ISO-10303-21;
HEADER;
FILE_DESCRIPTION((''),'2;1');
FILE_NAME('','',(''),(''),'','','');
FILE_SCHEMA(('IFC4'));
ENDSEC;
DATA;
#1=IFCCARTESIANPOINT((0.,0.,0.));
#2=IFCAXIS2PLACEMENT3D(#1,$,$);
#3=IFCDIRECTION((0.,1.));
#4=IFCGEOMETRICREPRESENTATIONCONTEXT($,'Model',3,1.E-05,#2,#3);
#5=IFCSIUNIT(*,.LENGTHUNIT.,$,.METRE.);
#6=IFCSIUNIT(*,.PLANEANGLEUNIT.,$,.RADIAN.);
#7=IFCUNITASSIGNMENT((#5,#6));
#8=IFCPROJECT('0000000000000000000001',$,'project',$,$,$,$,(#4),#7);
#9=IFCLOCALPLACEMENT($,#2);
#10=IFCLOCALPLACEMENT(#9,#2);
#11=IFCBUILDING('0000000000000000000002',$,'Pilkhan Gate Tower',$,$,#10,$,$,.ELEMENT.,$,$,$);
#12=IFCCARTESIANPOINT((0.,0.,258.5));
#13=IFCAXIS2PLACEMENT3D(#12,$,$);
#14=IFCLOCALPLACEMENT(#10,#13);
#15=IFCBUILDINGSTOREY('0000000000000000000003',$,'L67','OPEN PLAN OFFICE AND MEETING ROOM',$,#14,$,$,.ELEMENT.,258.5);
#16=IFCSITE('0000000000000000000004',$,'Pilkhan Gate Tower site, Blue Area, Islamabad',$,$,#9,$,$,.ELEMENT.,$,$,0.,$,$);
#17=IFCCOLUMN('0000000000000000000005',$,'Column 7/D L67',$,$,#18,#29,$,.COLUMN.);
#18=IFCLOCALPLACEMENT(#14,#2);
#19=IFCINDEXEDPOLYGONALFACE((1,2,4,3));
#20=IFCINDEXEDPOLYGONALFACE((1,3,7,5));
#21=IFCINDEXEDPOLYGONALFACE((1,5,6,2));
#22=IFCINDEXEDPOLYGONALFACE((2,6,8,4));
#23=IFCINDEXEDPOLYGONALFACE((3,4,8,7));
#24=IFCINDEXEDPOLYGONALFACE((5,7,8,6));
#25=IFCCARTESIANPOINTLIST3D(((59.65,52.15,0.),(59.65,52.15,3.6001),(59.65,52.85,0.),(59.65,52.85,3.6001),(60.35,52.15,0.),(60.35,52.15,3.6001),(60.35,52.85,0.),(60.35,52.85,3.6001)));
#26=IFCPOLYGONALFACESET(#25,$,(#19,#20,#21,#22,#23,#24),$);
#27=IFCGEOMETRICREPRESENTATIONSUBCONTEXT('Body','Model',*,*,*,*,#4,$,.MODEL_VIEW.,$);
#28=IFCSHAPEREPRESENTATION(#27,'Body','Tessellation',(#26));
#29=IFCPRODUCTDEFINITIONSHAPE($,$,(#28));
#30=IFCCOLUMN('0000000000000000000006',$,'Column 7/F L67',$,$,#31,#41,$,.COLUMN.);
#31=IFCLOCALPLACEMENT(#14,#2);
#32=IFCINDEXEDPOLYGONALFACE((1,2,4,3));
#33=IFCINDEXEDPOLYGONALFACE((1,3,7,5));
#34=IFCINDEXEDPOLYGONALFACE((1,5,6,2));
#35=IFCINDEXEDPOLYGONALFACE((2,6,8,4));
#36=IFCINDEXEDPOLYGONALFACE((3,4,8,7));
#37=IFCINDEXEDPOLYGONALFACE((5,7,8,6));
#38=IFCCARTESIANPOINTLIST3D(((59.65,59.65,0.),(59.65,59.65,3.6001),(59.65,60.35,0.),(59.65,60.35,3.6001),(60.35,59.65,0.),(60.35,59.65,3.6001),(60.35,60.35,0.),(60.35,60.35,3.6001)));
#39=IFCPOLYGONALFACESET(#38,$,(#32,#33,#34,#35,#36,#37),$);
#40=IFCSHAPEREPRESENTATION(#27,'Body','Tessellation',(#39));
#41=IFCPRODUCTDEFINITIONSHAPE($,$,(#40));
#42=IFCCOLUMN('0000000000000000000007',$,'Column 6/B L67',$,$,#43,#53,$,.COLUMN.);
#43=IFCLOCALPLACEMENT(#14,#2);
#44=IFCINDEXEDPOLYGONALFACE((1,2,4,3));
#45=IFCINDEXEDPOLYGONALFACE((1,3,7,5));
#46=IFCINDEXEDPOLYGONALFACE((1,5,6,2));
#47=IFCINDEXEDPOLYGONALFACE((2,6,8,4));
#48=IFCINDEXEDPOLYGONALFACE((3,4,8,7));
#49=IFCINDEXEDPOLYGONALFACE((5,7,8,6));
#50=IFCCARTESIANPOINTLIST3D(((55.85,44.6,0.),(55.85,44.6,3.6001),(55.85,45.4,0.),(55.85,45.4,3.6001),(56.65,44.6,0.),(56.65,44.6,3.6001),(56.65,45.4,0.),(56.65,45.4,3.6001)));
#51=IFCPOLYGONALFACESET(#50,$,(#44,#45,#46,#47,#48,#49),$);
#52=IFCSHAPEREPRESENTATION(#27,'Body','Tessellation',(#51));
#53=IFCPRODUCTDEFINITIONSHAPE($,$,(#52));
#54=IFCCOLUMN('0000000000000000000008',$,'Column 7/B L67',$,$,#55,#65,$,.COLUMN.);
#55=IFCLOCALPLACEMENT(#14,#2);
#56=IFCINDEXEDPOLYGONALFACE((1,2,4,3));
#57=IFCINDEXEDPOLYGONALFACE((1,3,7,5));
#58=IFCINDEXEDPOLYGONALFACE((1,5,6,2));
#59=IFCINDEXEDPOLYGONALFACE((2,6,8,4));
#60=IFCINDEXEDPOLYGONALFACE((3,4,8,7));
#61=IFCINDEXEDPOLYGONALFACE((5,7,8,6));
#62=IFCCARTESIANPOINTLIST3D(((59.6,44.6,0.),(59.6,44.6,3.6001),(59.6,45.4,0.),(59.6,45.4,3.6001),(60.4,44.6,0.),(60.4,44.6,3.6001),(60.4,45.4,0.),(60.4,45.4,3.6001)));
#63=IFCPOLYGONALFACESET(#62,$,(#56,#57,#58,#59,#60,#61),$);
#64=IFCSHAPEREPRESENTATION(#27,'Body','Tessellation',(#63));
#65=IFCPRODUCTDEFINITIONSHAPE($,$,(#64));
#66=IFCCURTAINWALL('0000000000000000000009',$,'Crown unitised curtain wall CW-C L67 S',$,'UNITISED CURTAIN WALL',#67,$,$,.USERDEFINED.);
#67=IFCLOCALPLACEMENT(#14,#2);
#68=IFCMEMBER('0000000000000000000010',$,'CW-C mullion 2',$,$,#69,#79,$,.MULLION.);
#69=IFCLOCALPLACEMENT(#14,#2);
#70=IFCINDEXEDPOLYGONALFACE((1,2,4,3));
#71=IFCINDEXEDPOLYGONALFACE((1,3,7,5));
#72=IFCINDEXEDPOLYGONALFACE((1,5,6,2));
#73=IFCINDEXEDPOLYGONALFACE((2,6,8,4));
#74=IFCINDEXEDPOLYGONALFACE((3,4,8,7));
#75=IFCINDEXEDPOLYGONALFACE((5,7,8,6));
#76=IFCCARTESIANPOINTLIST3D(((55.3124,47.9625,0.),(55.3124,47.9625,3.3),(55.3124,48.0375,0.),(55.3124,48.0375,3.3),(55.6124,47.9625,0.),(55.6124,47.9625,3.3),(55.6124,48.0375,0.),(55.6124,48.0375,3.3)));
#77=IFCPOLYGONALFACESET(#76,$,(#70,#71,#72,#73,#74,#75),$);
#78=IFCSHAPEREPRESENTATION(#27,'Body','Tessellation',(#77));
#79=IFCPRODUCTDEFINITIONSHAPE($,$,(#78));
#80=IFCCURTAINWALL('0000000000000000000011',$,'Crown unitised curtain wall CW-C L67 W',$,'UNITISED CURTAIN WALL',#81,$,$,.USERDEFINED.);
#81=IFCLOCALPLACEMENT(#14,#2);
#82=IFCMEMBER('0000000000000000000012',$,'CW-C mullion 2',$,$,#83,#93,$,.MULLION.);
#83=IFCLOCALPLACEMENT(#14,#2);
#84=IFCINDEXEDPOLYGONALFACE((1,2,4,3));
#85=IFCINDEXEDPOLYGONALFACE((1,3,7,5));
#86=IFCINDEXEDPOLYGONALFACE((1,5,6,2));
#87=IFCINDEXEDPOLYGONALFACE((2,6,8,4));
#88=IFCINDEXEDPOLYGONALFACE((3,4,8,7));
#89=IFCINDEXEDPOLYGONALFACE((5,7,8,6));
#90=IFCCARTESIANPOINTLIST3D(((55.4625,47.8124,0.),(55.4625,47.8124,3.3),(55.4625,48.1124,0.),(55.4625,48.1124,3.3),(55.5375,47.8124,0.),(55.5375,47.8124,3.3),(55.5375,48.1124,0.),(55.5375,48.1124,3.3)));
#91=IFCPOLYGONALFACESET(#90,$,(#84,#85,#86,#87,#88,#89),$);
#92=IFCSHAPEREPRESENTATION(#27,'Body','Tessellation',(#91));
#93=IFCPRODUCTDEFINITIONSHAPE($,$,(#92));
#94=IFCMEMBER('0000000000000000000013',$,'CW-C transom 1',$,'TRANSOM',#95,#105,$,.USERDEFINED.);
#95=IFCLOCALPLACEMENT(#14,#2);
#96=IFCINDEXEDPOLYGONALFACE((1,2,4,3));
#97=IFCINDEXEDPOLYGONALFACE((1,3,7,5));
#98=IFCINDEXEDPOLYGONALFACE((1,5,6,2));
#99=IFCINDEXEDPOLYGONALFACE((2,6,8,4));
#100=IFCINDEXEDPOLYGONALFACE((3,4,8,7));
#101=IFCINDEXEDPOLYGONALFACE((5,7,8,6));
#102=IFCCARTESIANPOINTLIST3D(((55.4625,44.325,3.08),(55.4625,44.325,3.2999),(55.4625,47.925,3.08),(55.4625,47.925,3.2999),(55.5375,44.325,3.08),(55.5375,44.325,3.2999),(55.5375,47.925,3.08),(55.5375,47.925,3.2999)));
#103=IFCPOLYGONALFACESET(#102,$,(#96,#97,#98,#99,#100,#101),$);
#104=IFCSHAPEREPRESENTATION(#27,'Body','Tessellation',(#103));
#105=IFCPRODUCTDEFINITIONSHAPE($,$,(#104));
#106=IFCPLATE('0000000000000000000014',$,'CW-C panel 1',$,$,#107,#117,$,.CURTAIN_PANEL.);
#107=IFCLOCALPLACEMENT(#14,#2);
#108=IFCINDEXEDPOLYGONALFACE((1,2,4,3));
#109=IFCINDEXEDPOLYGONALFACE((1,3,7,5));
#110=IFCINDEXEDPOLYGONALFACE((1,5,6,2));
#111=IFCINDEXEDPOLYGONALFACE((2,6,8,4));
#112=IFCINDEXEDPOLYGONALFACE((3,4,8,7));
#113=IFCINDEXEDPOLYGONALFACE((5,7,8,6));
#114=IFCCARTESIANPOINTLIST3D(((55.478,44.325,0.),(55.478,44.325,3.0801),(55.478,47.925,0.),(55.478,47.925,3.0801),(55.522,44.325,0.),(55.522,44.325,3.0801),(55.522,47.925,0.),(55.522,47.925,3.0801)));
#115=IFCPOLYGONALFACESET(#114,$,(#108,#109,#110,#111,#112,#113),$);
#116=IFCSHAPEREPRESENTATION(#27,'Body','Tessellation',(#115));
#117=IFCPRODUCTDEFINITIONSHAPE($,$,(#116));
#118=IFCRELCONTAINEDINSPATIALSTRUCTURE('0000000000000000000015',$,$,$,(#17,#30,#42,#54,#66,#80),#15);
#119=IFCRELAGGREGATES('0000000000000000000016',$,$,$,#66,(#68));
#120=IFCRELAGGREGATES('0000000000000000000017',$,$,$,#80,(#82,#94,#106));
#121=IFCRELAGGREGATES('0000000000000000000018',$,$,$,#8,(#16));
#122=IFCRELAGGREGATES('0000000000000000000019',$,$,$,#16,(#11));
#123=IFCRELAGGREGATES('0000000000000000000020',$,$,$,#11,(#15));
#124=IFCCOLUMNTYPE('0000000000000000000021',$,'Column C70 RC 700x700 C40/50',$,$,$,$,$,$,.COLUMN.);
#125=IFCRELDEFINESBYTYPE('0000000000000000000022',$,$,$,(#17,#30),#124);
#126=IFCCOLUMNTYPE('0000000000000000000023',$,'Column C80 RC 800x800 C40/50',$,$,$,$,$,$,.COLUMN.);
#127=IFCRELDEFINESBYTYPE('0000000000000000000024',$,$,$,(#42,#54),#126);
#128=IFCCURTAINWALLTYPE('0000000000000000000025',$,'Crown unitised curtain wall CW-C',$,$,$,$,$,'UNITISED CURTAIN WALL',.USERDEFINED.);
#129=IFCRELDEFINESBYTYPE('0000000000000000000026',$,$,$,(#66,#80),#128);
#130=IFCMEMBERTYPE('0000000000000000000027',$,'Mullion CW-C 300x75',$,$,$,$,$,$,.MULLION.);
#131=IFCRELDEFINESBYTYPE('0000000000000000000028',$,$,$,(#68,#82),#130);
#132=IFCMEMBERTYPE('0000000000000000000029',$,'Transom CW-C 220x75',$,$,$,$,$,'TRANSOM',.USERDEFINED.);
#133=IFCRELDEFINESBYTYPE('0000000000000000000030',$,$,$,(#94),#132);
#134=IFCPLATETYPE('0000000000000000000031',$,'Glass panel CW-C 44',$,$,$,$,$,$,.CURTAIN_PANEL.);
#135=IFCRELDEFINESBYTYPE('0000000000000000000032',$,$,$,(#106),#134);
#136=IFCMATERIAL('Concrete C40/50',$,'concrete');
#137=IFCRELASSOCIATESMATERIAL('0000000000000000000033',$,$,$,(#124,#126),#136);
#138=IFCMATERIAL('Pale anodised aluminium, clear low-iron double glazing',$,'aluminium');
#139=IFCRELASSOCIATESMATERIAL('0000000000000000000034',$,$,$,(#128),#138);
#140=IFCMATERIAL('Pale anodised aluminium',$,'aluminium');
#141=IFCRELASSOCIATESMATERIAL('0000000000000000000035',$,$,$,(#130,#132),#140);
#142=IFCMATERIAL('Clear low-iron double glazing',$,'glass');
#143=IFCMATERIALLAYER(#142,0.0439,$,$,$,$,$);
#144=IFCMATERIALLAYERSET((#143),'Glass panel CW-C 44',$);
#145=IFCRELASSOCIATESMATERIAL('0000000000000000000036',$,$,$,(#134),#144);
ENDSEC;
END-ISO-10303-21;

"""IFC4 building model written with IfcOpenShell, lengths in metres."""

from ifc_helpers import new_model, si_unit, direction, frame, origin, origin_2d, place, context, subcontext, project, spatial, rectangle, extrude, material, layer, layer_set, material_profile, profile_set, type_object, element, aggregate, save


model = new_model("IFC4")

# Units and contexts
model_context = context("Model", 3, precision=1e-05, world=origin(), true_north=direction((0.0, 1.0)))
body_context = subcontext(model_context, "Body", "Model", "MODEL_VIEW")
ifc_project = project(units=[si_unit("LENGTHUNIT", "METRE"), si_unit("PLANEANGLEUNIT", "RADIAN")], contexts=[model_context])

# Site, building, storey
site_placement = place(None, origin())
site = spatial("IfcSite", under=ifc_project, at=site_placement, Name="Pilkhan Gate Tower site, Blue Area, Islamabad", CompositionType="ELEMENT", RefElevation=0.0)
building_placement = place(site_placement, origin())
building = spatial("IfcBuilding", under=site, at=building_placement, Name="Pilkhan Gate Tower", CompositionType="ELEMENT")
storey_placement = place(building_placement, frame((0.0, 0.0, 258.5)))
storey = spatial("IfcBuildingStorey", under=building, at=storey_placement, Name="L67", Description="OPEN PLAN OFFICE AND MEETING ROOM", CompositionType="ELEMENT", Elevation=258.5)

# Columns
ifc_material_1 = material(Name="Concrete C40/50", Category="concrete")
ifc_material_profile_1 = material_profile(ifc_material_1, rectangle(XDim=0.7, YDim=0.7, at=origin_2d()), Name="RC 700x700")
ifc_profile_set_1 = profile_set([ifc_material_profile_1], Name="Concrete C40/50")
column_type_1 = type_object("IfcColumnType", Name="Column C70 RC 700x700 C40/50", PredefinedType="COLUMN", material=ifc_profile_set_1)
for number, where, z_axis, x_axis, name in (
    (1, (60.0, 52.5, 0.0), (0.0, 0.0, 1.0), (1.0, 0.0, 0.0), "Column 7/D L67"),
    (2, (60.0, 60.0, 0.0), (0.0, 0.0, 1.0), (1.0, 0.0, 0.0), "Column 7/F L67"),
):
    element("IfcColumn", number, at=place(storey_placement, frame(where, z_axis=z_axis, x_axis=x_axis)), inside=storey, type_object=column_type_1, Name=name, PredefinedType="COLUMN", context=body_context, shape_type="SweptSolid", body=[
        extrude(rectangle(XDim=0.7, YDim=0.7, at=origin_2d()), origin(), (0.0, 0.0, 1.0), 3.6001),
    ])
ifc_material_profile_2 = material_profile(ifc_material_1, rectangle(XDim=0.8, YDim=0.8, at=origin_2d()), Name="RC 800x800")
ifc_profile_set_2 = profile_set([ifc_material_profile_2], Name="Concrete C40/50")
column_type_2 = type_object("IfcColumnType", Name="Column C80 RC 800x800 C40/50", PredefinedType="COLUMN", material=ifc_profile_set_2)
for number, where, z_axis, x_axis, name in (
    (3, (56.25, 45.0, 0.0), (0.0, 0.0, 1.0), (1.0, 0.0, 0.0), "Column 6/B L67"),
    (4, (60.0, 45.0, 0.0), (0.0, 0.0, 1.0), (1.0, 0.0, 0.0), "Column 7/B L67"),
):
    element("IfcColumn", number, at=place(storey_placement, frame(where, z_axis=z_axis, x_axis=x_axis)), inside=storey, type_object=column_type_2, Name=name, PredefinedType="COLUMN", context=body_context, shape_type="SweptSolid", body=[
        extrude(rectangle(XDim=0.8, YDim=0.8, at=origin_2d()), origin(), (0.0, 0.0, 1.0), 3.6001),
    ])

# Curtain wall, member
ifc_material_2 = material(Name="Pale anodised aluminium, clear low-iron double glazing", Category="aluminium")
curtain_wall_type = type_object("IfcCurtainWallType", Name="Crown unitised curtain wall CW-C", ElementType="UNITISED CURTAIN WALL", PredefinedType="USERDEFINED", material=ifc_material_2)
curtain_wall_1_placement = place(storey_placement, origin())
curtain_wall_1 = element("IfcCurtainWall", 5, at=curtain_wall_1_placement, inside=storey, type_object=curtain_wall_type, Name="Crown unitised curtain wall CW-C L67 S", ObjectType="UNITISED CURTAIN WALL", PredefinedType="USERDEFINED")
ifc_material_3 = material(Name="Pale anodised aluminium", Category="aluminium")
ifc_material_profile_3 = material_profile(ifc_material_3, rectangle(XDim=0.075, YDim=0.3, at=origin_2d()), Name="Mullion 300x75")
ifc_profile_set_3 = profile_set([ifc_material_profile_3], Name="Pale anodised aluminium")
member_type_1 = type_object("IfcMemberType", Name="Mullion CW-C 300x75", PredefinedType="MULLION", material=ifc_profile_set_3)
member_1_placement = place(storey_placement, frame((55.4624, 48.0, 0.0), z_axis=(0.0, 0.0, 1.0), x_axis=(0.0, 1.0, 0.0)))
member_1 = element("IfcMember", 6, at=member_1_placement, type_object=member_type_1, Name="CW-C mullion 2", PredefinedType="MULLION", context=body_context, shape_type="SweptSolid", body=[
    extrude(rectangle(XDim=0.075, YDim=0.3, at=origin_2d()), origin(), (0.0, 0.0, 1.0), 3.3),
])
aggregate(curtain_wall_1, [member_1])

# Curtain wall, members, plate
curtain_wall_2_placement = place(storey_placement, origin())
curtain_wall_2 = element("IfcCurtainWall", 7, at=curtain_wall_2_placement, inside=storey, type_object=curtain_wall_type, Name="Crown unitised curtain wall CW-C L67 W", ObjectType="UNITISED CURTAIN WALL", PredefinedType="USERDEFINED")
member_2_placement = place(storey_placement, frame((55.5, 47.9624, 0.0), z_axis=(0.0, 0.0, 1.0), x_axis=(-1.0, 0.0, 0.0)))
member_2 = element("IfcMember", 8, at=member_2_placement, type_object=member_type_1, Name="CW-C mullion 2", PredefinedType="MULLION", context=body_context, shape_type="SweptSolid", body=[
    extrude(rectangle(XDim=0.075, YDim=0.3, at=origin_2d()), origin(), (0.0, 0.0, 1.0), 3.3),
])
ifc_material_profile_4 = material_profile(ifc_material_3, rectangle(XDim=0.075, YDim=0.22, at=origin_2d()), Name="Transom 220x75")
ifc_profile_set_4 = profile_set([ifc_material_profile_4], Name="Pale anodised aluminium")
member_type_2 = type_object("IfcMemberType", Name="Transom CW-C 220x75", ElementType="TRANSOM", PredefinedType="USERDEFINED", material=ifc_profile_set_4)
member_3_placement = place(storey_placement, frame((55.5, 44.325, 3.1899), z_axis=(0.0, 1.0, 0.0), x_axis=(-1.0, 0.0, 0.0)))
member_3 = element("IfcMember", 9, at=member_3_placement, type_object=member_type_2, Name="CW-C transom 1", ObjectType="TRANSOM", PredefinedType="USERDEFINED", context=body_context, shape_type="SweptSolid", body=[
    extrude(rectangle(XDim=0.075, YDim=0.22, at=origin_2d()), origin(), (0.0, 0.0, 1.0), 3.6001),
])
ifc_material_4 = material(Name="Clear low-iron double glazing", Category="glass")
ifc_layer_1 = layer(ifc_material_4, 0.0439)
ifc_layer_set_1 = layer_set([ifc_layer_1], Name="Glass panel CW-C 44")
plate_type = type_object("IfcPlateType", Name="Glass panel CW-C 44", PredefinedType="CURTAIN_PANEL", material=ifc_layer_set_1)
plate_placement = place(storey_placement, frame((55.5, 46.125, 0.0), z_axis=(0.0, 0.0, 1.0), x_axis=(0.0, 1.0, 0.0)))
plate = element("IfcPlate", 10, at=plate_placement, type_object=plate_type, Name="CW-C panel 1", PredefinedType="CURTAIN_PANEL", context=body_context, shape_type="SweptSolid", body=[
    extrude(rectangle(XDim=3.6001, YDim=0.0439, at=origin_2d()), origin(), (0.0, 0.0, 1.0), 3.0801),
])
aggregate(curtain_wall_2, [member_2, member_3, plate])

save(model, "model.ifc")
